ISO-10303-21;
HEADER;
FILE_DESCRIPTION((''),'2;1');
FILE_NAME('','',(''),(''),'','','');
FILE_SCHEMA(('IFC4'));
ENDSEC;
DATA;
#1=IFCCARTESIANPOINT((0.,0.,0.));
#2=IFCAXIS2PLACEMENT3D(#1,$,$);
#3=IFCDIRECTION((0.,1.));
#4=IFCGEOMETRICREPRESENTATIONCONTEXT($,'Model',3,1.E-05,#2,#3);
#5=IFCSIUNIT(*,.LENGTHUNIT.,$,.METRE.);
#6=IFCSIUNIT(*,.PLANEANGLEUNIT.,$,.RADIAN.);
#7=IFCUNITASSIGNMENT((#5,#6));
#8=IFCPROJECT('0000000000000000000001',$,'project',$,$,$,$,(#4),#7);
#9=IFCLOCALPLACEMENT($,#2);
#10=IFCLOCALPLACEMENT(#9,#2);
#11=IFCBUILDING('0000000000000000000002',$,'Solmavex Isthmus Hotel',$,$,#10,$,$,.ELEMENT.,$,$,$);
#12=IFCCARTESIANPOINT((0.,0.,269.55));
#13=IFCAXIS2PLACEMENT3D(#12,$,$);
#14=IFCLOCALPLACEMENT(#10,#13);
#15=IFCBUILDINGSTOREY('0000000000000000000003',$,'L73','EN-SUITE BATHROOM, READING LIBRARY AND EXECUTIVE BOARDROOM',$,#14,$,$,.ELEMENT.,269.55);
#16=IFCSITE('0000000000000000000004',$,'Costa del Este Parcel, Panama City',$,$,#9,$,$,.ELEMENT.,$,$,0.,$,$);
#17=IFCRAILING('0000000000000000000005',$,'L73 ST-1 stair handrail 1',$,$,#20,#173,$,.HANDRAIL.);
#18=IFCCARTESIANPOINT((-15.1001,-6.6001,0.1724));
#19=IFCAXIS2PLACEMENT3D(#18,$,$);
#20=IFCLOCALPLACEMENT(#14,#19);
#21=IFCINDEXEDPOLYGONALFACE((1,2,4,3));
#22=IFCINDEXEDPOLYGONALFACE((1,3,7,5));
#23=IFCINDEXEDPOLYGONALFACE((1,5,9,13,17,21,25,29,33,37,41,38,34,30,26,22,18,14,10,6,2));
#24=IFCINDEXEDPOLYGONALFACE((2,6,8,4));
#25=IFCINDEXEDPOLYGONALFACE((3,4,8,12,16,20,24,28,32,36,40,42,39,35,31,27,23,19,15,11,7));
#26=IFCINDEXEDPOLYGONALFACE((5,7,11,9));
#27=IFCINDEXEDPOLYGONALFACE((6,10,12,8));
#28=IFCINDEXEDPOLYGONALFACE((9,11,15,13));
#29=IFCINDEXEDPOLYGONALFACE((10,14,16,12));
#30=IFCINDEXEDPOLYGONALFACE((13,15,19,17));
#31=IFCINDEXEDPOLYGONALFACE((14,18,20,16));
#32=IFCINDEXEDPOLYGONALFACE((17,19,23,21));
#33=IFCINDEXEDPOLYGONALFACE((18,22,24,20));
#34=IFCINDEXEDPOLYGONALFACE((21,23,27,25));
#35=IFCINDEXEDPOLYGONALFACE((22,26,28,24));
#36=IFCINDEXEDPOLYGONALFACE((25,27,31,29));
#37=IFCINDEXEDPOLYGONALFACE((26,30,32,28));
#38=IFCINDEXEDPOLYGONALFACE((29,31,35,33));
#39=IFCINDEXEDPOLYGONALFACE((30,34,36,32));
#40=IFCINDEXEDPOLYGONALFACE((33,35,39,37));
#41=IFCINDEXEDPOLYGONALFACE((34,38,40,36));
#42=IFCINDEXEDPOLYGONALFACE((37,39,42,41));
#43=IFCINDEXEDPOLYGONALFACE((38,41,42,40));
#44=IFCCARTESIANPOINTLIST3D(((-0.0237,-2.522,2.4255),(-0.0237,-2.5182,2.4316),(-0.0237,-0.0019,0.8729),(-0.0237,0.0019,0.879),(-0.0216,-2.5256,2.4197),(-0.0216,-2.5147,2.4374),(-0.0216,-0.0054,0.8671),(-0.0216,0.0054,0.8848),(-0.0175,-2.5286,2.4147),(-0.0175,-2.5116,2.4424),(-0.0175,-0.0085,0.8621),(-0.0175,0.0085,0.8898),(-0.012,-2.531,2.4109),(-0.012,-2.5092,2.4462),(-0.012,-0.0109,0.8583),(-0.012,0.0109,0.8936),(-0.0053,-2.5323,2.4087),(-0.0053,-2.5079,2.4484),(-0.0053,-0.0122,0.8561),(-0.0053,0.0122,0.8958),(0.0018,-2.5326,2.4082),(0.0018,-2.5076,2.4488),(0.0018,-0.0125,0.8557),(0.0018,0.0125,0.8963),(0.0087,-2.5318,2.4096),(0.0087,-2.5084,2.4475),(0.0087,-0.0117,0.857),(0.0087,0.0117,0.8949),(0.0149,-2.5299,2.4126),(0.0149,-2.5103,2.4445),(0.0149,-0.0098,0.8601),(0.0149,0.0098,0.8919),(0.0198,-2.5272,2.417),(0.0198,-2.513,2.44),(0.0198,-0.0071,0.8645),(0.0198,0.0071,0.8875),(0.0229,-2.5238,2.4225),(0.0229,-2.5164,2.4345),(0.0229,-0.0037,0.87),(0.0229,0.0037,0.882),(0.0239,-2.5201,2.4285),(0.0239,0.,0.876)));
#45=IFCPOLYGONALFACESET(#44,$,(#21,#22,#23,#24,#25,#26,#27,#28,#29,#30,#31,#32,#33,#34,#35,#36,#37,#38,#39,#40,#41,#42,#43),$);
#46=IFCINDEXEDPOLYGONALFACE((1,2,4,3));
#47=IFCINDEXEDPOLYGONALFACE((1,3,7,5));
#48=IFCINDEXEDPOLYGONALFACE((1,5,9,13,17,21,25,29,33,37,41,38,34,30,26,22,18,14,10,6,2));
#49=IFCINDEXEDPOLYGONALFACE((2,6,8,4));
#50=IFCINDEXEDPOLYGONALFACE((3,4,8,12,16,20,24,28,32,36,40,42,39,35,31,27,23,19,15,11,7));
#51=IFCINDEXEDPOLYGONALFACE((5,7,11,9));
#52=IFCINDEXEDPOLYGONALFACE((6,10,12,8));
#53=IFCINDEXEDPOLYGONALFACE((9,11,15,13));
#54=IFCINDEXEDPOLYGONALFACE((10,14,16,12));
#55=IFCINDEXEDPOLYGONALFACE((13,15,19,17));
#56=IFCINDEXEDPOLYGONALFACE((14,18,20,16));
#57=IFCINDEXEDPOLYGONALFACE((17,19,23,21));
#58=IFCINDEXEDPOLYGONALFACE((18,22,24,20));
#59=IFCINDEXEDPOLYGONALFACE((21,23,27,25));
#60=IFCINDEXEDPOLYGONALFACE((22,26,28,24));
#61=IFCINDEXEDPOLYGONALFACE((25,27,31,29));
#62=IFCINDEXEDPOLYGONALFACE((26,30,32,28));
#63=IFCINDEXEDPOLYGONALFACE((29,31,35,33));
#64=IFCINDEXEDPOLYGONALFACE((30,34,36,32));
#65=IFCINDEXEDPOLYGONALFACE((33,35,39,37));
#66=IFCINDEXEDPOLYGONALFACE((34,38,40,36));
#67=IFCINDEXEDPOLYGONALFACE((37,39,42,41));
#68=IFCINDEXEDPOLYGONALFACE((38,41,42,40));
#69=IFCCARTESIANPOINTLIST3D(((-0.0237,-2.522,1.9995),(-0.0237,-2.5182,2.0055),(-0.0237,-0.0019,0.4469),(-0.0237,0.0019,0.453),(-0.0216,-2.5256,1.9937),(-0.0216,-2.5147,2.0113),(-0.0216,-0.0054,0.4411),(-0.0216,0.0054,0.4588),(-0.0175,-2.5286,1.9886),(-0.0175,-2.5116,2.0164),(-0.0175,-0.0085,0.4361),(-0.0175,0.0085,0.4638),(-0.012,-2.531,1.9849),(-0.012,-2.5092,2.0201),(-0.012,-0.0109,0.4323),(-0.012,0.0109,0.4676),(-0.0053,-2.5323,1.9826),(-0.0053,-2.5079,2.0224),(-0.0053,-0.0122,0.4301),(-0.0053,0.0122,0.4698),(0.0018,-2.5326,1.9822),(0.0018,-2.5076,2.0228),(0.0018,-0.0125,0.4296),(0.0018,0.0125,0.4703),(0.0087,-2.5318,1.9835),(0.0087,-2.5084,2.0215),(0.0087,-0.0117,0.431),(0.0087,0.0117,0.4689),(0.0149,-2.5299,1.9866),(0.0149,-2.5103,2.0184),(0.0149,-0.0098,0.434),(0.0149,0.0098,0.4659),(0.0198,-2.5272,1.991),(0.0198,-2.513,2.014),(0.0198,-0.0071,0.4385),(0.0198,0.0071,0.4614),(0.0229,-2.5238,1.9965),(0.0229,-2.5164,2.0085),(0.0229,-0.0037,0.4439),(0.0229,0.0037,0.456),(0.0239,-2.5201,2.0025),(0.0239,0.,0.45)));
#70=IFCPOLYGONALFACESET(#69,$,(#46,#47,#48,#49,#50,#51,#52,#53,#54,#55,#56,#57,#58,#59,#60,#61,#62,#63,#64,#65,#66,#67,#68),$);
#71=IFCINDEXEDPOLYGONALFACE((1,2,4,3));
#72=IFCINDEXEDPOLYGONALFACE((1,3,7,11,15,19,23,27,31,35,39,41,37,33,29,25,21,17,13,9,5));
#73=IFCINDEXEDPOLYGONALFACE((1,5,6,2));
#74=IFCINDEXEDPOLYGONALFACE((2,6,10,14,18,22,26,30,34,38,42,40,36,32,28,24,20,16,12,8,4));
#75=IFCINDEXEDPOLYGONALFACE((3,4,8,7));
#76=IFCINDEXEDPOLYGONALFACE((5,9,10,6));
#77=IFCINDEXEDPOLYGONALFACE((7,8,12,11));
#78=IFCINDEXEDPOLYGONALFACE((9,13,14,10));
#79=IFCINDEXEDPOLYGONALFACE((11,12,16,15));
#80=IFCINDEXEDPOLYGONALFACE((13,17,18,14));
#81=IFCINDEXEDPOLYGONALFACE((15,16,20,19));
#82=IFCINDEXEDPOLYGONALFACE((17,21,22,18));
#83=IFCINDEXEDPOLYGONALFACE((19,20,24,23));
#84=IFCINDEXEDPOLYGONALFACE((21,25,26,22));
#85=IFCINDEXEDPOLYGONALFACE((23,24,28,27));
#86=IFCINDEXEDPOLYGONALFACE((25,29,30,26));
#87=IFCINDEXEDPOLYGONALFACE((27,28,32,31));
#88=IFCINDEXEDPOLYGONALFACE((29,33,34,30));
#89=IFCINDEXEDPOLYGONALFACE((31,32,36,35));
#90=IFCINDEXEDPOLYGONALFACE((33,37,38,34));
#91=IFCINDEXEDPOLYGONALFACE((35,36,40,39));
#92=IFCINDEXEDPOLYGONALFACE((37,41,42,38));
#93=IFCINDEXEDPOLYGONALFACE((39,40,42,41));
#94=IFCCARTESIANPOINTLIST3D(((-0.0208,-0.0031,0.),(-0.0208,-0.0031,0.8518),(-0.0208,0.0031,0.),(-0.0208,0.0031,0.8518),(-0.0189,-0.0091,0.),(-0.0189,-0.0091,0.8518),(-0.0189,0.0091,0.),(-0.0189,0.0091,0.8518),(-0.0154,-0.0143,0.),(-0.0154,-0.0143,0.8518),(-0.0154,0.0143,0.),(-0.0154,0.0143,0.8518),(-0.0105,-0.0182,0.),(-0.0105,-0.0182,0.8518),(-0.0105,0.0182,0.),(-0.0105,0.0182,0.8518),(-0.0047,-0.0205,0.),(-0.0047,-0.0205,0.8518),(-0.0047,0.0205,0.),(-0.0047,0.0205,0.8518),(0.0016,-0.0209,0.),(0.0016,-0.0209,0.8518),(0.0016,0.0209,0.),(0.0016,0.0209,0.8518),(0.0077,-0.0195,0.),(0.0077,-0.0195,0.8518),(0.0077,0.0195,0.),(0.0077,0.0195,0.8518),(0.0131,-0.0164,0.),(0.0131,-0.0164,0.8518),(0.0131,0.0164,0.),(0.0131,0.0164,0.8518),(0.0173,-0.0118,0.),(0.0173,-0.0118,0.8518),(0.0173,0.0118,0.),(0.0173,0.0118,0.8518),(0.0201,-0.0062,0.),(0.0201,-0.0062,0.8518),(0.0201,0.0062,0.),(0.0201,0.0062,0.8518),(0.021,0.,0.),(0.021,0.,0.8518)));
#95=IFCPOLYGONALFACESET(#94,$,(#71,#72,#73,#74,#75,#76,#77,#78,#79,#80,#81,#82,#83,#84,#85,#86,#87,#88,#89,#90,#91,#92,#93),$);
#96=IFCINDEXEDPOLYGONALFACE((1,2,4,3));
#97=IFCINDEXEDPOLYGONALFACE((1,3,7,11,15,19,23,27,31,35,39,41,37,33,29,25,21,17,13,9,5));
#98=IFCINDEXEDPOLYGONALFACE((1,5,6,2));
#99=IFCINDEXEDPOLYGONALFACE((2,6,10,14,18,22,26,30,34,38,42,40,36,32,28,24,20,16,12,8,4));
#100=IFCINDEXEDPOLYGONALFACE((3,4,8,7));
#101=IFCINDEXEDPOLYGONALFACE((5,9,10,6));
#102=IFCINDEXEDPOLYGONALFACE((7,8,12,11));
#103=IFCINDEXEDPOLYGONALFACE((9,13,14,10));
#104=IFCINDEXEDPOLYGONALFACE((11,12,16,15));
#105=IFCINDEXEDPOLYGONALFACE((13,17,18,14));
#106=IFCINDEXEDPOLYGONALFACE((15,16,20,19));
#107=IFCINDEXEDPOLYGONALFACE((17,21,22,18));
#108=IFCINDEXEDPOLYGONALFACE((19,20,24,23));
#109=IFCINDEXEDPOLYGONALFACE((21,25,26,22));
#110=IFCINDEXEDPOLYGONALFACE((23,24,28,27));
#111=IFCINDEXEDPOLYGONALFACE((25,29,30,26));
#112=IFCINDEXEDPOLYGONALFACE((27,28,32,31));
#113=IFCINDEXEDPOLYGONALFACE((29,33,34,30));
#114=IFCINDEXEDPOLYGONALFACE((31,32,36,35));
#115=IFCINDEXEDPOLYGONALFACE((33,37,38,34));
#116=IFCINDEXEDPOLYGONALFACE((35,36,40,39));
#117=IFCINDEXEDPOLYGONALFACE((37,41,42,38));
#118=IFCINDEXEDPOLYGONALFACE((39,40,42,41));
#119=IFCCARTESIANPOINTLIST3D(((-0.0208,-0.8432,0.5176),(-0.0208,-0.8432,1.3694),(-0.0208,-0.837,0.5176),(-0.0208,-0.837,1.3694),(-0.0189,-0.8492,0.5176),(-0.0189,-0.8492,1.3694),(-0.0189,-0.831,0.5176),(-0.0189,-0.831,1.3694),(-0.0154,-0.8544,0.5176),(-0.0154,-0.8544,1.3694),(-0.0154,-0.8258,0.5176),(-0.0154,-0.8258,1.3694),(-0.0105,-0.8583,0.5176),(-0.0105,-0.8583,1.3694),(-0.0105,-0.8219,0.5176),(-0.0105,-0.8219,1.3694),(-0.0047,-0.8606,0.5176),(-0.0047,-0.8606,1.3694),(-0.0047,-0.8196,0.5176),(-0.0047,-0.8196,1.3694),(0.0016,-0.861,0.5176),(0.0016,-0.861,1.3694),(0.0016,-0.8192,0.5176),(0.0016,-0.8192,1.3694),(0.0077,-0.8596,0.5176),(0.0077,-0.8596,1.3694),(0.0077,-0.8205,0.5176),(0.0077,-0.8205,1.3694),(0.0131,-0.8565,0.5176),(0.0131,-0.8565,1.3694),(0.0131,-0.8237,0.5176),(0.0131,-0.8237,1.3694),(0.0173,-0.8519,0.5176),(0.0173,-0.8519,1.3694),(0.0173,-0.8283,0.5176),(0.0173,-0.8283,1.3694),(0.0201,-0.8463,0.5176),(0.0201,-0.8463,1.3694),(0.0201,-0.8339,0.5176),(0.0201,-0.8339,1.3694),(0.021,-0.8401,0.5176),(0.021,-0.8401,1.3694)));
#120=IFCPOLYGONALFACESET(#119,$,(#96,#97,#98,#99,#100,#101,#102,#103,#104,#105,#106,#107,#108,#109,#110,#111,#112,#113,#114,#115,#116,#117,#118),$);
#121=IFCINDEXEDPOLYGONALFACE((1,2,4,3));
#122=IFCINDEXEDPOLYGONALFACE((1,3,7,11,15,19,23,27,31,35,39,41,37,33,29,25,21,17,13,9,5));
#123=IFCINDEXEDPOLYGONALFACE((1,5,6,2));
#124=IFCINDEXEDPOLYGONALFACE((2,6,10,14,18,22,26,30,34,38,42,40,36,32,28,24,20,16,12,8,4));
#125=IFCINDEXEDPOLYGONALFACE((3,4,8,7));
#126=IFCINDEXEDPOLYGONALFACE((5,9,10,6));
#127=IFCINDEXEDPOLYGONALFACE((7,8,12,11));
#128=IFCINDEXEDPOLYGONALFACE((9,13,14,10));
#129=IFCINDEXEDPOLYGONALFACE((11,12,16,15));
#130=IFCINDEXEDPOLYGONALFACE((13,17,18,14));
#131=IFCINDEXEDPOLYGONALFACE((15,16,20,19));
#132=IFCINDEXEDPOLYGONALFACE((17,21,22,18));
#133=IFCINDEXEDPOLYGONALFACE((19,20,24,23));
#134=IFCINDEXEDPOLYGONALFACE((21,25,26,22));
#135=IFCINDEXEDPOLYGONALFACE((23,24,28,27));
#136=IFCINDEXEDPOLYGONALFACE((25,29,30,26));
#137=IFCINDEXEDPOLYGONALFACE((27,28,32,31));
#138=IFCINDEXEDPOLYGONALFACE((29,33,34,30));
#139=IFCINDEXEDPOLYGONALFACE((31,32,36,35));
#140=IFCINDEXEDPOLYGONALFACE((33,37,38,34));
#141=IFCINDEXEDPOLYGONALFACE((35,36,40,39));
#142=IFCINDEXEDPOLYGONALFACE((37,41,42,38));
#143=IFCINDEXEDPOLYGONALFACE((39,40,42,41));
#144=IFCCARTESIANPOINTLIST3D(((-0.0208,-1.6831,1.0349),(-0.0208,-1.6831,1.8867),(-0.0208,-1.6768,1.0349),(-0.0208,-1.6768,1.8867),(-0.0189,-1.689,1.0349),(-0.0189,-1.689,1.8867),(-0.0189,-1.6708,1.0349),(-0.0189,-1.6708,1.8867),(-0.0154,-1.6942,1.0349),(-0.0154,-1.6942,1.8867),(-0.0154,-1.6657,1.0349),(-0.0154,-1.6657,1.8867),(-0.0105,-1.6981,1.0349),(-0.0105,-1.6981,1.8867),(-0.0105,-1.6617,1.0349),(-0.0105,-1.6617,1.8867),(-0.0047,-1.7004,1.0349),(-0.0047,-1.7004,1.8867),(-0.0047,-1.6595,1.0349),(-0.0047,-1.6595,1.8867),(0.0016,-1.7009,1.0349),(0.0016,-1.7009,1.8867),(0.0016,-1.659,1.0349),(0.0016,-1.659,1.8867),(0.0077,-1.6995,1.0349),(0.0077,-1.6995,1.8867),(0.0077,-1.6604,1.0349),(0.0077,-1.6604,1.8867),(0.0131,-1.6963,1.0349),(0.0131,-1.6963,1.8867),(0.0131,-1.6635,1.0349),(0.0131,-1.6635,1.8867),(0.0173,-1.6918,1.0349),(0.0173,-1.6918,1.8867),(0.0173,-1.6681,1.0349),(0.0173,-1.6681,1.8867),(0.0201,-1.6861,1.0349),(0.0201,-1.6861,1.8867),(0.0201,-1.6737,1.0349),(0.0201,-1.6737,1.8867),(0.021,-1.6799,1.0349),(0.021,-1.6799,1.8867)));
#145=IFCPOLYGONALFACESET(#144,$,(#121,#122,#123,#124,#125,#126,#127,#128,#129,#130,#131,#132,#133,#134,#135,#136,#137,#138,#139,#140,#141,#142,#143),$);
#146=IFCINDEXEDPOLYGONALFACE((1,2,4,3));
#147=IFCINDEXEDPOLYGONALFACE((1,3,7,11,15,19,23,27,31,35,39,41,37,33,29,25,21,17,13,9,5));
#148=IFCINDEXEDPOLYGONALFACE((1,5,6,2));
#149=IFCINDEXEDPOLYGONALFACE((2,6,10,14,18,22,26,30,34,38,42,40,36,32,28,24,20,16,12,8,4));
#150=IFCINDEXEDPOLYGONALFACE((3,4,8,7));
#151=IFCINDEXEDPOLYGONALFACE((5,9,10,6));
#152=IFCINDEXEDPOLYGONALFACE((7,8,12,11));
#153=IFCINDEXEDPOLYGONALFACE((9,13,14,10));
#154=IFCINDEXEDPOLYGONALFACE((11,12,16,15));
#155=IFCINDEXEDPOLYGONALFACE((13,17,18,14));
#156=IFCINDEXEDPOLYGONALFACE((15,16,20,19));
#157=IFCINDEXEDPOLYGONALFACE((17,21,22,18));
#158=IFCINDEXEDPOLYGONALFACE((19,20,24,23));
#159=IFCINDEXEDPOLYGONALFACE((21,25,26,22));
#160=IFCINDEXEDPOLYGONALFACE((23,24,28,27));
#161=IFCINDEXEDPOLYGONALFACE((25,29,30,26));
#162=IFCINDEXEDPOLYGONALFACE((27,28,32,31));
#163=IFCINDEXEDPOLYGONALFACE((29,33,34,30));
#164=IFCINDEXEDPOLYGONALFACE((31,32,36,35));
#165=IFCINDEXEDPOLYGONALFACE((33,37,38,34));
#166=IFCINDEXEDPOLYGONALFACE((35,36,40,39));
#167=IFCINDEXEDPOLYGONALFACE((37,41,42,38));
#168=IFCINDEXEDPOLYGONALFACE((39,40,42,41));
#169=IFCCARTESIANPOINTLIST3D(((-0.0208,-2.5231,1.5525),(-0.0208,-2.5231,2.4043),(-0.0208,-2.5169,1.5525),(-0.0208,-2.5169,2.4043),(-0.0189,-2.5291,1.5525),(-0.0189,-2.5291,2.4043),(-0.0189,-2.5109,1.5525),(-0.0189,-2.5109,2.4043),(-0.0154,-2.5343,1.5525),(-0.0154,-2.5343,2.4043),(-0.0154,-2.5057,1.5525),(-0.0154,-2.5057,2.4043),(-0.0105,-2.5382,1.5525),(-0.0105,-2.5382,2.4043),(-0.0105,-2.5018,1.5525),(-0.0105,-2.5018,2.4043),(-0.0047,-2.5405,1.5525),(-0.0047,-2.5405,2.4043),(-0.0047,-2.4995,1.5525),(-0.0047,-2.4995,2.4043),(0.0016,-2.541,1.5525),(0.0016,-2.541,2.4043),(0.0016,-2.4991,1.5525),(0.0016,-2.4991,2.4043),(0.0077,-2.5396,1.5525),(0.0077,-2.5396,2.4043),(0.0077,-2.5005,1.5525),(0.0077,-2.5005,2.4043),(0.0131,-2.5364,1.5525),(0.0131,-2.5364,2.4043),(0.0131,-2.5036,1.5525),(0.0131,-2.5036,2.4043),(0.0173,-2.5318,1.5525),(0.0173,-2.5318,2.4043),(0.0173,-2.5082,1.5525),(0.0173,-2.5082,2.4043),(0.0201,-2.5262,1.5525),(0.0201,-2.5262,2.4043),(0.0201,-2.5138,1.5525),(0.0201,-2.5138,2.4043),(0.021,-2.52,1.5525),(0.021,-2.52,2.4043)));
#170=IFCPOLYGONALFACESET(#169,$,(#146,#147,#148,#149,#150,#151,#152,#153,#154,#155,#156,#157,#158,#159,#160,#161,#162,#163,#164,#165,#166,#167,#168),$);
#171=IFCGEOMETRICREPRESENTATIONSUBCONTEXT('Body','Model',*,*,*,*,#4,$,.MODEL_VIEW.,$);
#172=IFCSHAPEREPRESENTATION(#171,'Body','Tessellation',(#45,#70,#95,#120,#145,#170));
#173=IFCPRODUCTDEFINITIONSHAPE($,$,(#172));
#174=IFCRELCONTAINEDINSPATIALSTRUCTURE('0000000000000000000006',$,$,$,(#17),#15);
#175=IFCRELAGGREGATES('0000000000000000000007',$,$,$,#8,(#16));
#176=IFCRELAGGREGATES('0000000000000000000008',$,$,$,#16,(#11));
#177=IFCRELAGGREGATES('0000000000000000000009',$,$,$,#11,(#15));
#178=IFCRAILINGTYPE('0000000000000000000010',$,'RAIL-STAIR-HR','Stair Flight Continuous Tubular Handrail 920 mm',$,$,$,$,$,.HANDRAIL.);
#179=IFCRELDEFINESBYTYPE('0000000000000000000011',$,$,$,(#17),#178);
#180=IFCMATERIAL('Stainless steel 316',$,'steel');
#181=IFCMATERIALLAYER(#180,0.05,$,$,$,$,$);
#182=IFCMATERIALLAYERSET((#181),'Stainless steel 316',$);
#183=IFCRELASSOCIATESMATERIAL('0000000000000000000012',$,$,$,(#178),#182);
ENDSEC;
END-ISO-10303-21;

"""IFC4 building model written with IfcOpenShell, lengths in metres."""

from ifc_helpers import new_model, si_unit, direction, frame, origin, origin_2d, place, context, subcontext, project, spatial, circle, extrude, material, layer, layer_set, type_object, element, save


model = new_model("IFC4")

# Units and contexts
model_context = context("Model", 3, precision=1e-05, world=origin(), true_north=direction((0.0, 1.0)))
body_context = subcontext(model_context, "Body", "Model", "MODEL_VIEW")
ifc_project = project(units=[si_unit("LENGTHUNIT", "METRE"), si_unit("PLANEANGLEUNIT", "RADIAN")], contexts=[model_context])

# Site, building, storey
site_placement = place(None, origin())
site = spatial("IfcSite", under=ifc_project, at=site_placement, Name="Costa del Este Parcel, Panama City", CompositionType="ELEMENT", RefElevation=0.0)
building_placement = place(site_placement, origin())
building = spatial("IfcBuilding", under=site, at=building_placement, Name="Solmavex Isthmus Hotel", CompositionType="ELEMENT")
storey_placement = place(building_placement, frame((0.0, 0.0, 269.55)))
storey = spatial("IfcBuildingStorey", under=building, at=storey_placement, Name="L73", Description="EN-SUITE BATHROOM, READING LIBRARY AND EXECUTIVE BOARDROOM", CompositionType="ELEMENT", Elevation=269.55)

# Shared definitions
ifc_material_1 = material(Name="Stainless steel 316", Category="steel")

# Railing
ifc_layer_1 = layer(ifc_material_1, 0.05)
ifc_layer_set_1 = layer_set([ifc_layer_1], Name="Stainless steel 316")
railing_type_1 = type_object("IfcRailingType", Name="RAIL-STAIR-HR", Description="Stair Flight Continuous Tubular Handrail 920 mm", PredefinedType="HANDRAIL", material=ifc_layer_set_1)
railing_1_placement = place(storey_placement, frame((-15.1001, -6.6001, 0.1724)))
element("IfcRailing", 1, at=railing_1_placement, inside=storey, type_object=railing_type_1, Name="L73 ST-1 stair handrail 1", PredefinedType="HANDRAIL", context=body_context, shape_type="SweptSolid", body=[
    extrude(circle(Radius=0.0239, at=origin_2d()), frame((0.0, 0.0, 0.876), z_axis=(0.0, -0.8514, 0.524516), x_axis=(1.0, 0.0, 0.0)), (0.0, 0.0, 1.0), 2.96),
    extrude(circle(Radius=0.0239, at=origin_2d()), frame((0.0, 0.0, 0.45), z_axis=(0.0, -0.8514, 0.524516), x_axis=(1.0, 0.0, 0.0)), (0.0, 0.0, 1.0), 2.96),
    extrude(circle(Radius=0.021, at=origin_2d()), origin(), (0.0, 0.0, 1.0), 0.8518),
    extrude(circle(Radius=0.021, at=origin_2d()), frame((0.0, -0.8401, 0.5176)), (0.0, 0.0, 1.0), 0.8518),
    extrude(circle(Radius=0.021, at=origin_2d()), frame((0.0, -1.6799, 1.0349)), (0.0, 0.0, 1.0), 0.8518),
    extrude(circle(Radius=0.021, at=origin_2d()), frame((0.0, -2.52, 1.5525)), (0.0, 0.0, 1.0), 0.8518),
])

save(model, "model.ifc")
